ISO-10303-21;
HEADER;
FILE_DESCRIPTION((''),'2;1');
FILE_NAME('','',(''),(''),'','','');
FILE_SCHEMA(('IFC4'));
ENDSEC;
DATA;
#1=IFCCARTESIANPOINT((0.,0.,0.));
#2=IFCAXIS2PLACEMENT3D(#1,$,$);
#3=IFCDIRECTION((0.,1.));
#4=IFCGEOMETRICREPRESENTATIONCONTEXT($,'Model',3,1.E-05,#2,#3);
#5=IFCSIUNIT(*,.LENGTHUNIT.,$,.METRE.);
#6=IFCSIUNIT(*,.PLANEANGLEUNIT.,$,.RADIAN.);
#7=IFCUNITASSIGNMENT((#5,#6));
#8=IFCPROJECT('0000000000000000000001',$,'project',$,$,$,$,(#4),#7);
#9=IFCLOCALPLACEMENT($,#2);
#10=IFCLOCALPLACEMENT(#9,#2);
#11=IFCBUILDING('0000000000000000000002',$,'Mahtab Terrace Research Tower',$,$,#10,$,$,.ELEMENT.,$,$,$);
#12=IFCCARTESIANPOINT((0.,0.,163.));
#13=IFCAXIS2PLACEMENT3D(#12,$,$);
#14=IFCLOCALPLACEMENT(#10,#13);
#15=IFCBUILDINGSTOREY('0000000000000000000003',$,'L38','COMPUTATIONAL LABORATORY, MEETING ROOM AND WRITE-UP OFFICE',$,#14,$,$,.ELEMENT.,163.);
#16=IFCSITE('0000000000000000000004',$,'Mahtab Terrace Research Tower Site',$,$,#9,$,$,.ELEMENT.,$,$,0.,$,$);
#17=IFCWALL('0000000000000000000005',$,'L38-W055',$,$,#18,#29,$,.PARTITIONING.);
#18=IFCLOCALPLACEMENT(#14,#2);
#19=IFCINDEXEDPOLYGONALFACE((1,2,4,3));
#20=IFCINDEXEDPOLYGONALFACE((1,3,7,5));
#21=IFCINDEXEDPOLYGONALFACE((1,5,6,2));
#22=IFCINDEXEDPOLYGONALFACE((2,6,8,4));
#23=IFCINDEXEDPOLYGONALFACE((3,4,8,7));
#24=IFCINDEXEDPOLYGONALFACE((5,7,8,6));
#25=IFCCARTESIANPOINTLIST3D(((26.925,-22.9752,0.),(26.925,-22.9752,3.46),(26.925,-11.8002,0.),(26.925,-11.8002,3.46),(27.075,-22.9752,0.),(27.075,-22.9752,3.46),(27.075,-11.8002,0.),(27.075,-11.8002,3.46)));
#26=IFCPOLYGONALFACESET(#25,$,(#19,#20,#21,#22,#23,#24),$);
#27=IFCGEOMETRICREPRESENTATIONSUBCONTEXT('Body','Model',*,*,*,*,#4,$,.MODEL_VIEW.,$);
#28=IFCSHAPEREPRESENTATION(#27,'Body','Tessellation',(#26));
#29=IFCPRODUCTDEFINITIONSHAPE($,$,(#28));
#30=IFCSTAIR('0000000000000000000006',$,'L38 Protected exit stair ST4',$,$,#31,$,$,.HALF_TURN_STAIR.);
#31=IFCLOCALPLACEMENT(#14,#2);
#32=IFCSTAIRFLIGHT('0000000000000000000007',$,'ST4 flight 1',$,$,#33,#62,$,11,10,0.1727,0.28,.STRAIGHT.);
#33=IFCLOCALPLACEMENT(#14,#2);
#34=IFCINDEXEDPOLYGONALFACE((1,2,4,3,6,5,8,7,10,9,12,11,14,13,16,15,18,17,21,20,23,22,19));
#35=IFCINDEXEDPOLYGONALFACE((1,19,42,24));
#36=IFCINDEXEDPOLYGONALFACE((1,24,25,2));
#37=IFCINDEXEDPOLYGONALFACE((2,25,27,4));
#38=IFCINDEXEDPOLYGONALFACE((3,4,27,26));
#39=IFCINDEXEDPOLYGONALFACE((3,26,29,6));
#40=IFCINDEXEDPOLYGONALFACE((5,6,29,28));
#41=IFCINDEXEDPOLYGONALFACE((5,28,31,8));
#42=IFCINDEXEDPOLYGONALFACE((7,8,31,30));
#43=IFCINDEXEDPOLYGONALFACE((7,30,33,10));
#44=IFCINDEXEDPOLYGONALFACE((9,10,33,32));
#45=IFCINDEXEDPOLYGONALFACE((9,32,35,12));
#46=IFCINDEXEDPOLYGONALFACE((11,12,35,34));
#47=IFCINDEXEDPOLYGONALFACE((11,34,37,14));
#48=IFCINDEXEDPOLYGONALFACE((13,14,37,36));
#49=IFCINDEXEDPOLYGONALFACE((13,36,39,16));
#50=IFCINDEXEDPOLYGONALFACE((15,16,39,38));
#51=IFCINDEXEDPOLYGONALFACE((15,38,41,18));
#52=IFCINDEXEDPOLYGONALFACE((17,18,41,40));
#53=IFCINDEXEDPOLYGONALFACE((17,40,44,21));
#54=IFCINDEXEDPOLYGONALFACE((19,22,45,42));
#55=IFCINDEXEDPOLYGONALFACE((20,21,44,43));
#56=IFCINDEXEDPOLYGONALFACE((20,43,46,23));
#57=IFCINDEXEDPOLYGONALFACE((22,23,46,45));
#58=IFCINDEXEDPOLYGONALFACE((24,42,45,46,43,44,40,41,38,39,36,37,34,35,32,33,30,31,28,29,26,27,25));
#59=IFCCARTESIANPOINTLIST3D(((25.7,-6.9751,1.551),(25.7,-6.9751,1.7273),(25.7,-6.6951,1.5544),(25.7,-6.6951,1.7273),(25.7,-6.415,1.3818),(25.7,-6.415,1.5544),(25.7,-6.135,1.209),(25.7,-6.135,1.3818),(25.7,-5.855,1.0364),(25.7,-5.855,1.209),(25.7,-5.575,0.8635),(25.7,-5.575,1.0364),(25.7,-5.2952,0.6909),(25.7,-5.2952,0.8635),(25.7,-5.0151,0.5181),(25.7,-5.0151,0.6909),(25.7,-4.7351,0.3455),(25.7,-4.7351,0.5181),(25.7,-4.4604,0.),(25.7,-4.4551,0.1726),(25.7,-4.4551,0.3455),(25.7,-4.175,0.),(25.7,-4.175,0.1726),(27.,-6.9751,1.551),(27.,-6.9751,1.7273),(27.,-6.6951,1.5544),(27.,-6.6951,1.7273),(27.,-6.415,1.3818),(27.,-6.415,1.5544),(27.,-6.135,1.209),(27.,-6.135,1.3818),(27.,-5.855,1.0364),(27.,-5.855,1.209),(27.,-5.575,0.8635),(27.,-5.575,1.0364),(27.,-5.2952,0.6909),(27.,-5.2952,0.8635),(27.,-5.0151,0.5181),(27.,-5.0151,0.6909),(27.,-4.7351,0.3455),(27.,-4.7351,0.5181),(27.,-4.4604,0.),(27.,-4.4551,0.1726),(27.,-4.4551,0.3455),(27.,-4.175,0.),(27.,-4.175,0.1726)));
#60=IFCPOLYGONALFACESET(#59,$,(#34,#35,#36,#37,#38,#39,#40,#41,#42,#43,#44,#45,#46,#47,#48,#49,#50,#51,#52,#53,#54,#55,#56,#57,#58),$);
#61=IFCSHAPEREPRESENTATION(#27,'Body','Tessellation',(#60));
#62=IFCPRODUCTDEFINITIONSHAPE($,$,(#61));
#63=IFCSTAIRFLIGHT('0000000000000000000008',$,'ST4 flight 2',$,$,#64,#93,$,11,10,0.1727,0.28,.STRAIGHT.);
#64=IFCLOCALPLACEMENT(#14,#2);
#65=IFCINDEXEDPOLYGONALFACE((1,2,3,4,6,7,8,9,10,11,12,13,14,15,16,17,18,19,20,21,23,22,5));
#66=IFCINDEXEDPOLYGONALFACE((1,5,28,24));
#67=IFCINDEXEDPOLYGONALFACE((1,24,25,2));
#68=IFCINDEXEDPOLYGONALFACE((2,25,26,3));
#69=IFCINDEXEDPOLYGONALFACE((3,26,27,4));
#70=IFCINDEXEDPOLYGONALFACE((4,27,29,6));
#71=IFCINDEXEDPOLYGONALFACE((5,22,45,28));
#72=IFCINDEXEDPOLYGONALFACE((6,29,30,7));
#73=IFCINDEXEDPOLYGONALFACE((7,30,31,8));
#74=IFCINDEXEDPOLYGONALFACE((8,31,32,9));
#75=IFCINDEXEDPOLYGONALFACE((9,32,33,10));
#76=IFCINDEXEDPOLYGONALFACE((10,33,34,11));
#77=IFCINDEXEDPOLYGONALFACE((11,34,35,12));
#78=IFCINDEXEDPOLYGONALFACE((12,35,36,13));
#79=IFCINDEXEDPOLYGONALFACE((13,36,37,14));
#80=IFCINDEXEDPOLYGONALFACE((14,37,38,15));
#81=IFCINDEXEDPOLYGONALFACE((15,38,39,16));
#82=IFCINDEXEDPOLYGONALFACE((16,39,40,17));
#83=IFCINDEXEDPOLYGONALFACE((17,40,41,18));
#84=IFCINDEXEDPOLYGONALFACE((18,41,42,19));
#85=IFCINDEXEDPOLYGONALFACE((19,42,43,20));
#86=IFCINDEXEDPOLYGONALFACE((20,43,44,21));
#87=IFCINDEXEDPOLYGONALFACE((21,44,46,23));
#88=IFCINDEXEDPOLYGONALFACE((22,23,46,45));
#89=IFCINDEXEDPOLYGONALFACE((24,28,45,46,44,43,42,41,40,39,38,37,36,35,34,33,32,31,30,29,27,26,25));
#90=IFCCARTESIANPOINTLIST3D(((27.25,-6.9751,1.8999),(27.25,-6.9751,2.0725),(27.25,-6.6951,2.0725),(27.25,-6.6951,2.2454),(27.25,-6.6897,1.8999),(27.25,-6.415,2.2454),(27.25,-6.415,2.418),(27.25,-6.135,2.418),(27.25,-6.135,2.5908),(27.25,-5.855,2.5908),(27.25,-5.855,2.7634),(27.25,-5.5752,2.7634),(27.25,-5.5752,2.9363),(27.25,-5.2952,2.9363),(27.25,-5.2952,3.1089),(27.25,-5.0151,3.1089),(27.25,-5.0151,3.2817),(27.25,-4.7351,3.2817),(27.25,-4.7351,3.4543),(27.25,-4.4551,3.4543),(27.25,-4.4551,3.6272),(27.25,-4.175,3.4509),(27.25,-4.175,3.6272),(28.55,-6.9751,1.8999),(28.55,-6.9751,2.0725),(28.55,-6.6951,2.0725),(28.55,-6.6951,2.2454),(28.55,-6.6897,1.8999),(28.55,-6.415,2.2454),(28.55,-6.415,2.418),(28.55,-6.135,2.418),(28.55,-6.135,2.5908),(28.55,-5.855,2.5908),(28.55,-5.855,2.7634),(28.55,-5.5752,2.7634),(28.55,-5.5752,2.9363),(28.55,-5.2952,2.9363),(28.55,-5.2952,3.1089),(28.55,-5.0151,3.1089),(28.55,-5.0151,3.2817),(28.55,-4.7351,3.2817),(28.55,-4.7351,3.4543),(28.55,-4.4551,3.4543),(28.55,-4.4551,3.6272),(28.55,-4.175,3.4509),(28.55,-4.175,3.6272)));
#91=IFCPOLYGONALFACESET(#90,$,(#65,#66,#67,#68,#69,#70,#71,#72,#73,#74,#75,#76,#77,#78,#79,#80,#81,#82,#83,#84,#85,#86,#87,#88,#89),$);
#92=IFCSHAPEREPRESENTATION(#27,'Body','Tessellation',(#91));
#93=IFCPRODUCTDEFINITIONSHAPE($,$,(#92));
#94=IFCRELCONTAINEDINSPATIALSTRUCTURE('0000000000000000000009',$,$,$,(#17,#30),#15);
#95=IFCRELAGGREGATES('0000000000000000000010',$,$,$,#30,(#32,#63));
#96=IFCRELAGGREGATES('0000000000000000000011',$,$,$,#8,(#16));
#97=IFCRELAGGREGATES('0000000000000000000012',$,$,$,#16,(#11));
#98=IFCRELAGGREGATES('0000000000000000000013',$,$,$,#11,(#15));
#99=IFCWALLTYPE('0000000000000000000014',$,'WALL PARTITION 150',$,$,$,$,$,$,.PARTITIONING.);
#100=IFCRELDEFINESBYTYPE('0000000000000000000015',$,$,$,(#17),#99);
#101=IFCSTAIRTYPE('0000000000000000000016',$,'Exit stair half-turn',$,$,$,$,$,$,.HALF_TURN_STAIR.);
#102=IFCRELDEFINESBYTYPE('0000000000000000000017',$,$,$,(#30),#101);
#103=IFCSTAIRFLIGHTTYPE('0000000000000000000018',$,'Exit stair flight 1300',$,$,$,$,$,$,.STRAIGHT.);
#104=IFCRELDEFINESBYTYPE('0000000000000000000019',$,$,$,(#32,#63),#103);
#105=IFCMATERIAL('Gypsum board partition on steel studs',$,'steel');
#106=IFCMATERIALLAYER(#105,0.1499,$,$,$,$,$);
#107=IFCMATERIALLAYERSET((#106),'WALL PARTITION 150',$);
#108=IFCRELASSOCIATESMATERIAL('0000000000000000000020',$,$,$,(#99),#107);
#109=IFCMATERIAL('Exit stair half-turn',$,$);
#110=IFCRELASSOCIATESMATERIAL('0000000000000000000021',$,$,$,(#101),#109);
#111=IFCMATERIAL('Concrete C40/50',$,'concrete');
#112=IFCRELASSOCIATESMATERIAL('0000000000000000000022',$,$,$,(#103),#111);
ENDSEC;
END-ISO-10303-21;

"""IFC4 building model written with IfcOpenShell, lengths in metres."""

from ifc_helpers import new_model, si_unit, direction, frame, frame_2d, origin, place, context, subcontext, project, spatial, polyline, rectangle, outline, extrude, material, layer, layer_set, type_object, element, aggregate, save


model = new_model("IFC4")

# Units and contexts
model_context = context("Model", 3, precision=1e-05, world=origin(), true_north=direction((0.0, 1.0)))
body_context = subcontext(model_context, "Body", "Model", "MODEL_VIEW")
ifc_project = project(units=[si_unit("LENGTHUNIT", "METRE"), si_unit("PLANEANGLEUNIT", "RADIAN")], contexts=[model_context])

# Site, building, storey
site_placement = place(None, origin())
site = spatial("IfcSite", under=ifc_project, at=site_placement, Name="Mahtab Terrace Research Tower Site", CompositionType="ELEMENT", RefElevation=0.0)
building_placement = place(site_placement, origin())
building = spatial("IfcBuilding", under=site, at=building_placement, Name="Mahtab Terrace Research Tower", CompositionType="ELEMENT")
storey_placement = place(building_placement, frame((0.0, 0.0, 163.0)))
storey = spatial("IfcBuildingStorey", under=building, at=storey_placement, Name="L38", Description="COMPUTATIONAL LABORATORY, MEETING ROOM AND WRITE-UP OFFICE", CompositionType="ELEMENT", Elevation=163.0)

# Wall
ifc_material_1 = material(Name="Gypsum board partition on steel studs", Category="steel")
ifc_layer_1 = layer(ifc_material_1, 0.1499)
ifc_layer_set_1 = layer_set([ifc_layer_1], Name="WALL PARTITION 150")
wall_type_1 = type_object("IfcWallType", Name="WALL PARTITION 150", PredefinedType="PARTITIONING", material=ifc_layer_set_1)
wall_1_placement = place(storey_placement, frame((27.0, -22.9751, 0.0), z_axis=(0.0, 0.0, 1.0), x_axis=(0.0, 1.0, 0.0)))
element("IfcWall", 1, at=wall_1_placement, inside=storey, type_object=wall_type_1, Name="L38-W055", PredefinedType="PARTITIONING", context=body_context, shape_type="SweptSolid", body=[
    extrude(rectangle(XDim=11.175, YDim=0.1499, at=frame_2d((5.5874, 0.0))), origin(), (0.0, 0.0, 1.0), 3.46),
])

# Stair, stair flights
ifc_material_2 = material(Name="Exit stair half-turn")
stair_type = type_object("IfcStairType", Name="Exit stair half-turn", PredefinedType="HALF_TURN_STAIR", material=ifc_material_2)
stair_placement = place(storey_placement, origin())
stair = element("IfcStair", 2, at=stair_placement, inside=storey, type_object=stair_type, Name="L38 Protected exit stair ST4", PredefinedType="HALF_TURN_STAIR")
ifc_material_3 = material(Name="Concrete C40/50", Category="concrete")
stair_flight_type = type_object("IfcStairFlightType", Name="Exit stair flight 1300", PredefinedType="STRAIGHT", material=ifc_material_3)
stair_flight_1_placement = place(storey_placement, frame((26.3501, -4.175, 0.0), z_axis=(0.0, 0.0, 1.0), x_axis=(0.0, -1.0, 0.0)))
stair_flight_1 = element("IfcStairFlight", 3, at=stair_flight_1_placement, type_object=stair_flight_type, Name="ST4 flight 1", NumberOfRisers=11, NumberOfTreads=10, PredefinedType="STRAIGHT", RiserHeight=0.1727, TreadLength=0.28, context=body_context, shape_type="SweptSolid", body=[
    extrude(outline(polyline([(0.0, 0.0), (0.0, 0.1726), (0.28, 0.1726), (0.28, 0.3455), (0.5601, 0.3455), (0.5601, 0.5181), (0.8401, 0.5181), (0.8401, 0.6909), (1.1201, 0.6909), (1.1201, 0.8635), (1.3999, 0.8635), (1.3999, 1.0364), (1.6799, 1.0364), (1.6799, 1.209), (1.96, 1.209), (1.96, 1.3818), (2.24, 1.3818), (2.24, 1.5544), (2.52, 1.5544), (2.52, 1.7273), (2.8, 1.7273), (2.8, 1.8999), (2.8, 1.551), (0.2854, 0.0), (0.0, 0.0)])), frame((0.0, 0.6499, 0.0), z_axis=(0.0, -1.0, 0.0), x_axis=(1.0, 0.0, 0.0)), (0.0, 0.0, 1.0), 1.3),
])
stair_flight_2_placement = place(storey_placement, frame((27.8999, -6.9751, 1.8999), z_axis=(0.0, 0.0, 1.0), x_axis=(0.0, 1.0, 0.0)))
stair_flight_2 = element("IfcStairFlight", 4, at=stair_flight_2_placement, type_object=stair_flight_type, Name="ST4 flight 2", NumberOfRisers=11, NumberOfTreads=10, PredefinedType="STRAIGHT", RiserHeight=0.1727, TreadLength=0.28, context=body_context, shape_type="SweptSolid", body=[
    extrude(outline(polyline([(0.0, 0.0), (0.0, 0.1726), (0.28, 0.1726), (0.28, 0.3455), (0.5601, 0.3455), (0.5601, 0.5181), (0.8401, 0.5181), (0.8401, 0.6909), (1.1201, 0.6909), (1.1201, 0.8635), (1.3999, 0.8635), (1.3999, 1.0364), (1.6799, 1.0364), (1.6799, 1.209), (1.96, 1.209), (1.96, 1.3818), (2.24, 1.3818), (2.24, 1.5544), (2.52, 1.5544), (2.52, 1.7273), (2.8, 1.7273), (2.8, 1.8999), (2.8, 1.551), (0.2854, 0.0), (0.0, 0.0)])), frame((0.0, 0.6499, 0.0), z_axis=(0.0, -1.0, 0.0), x_axis=(1.0, 0.0, 0.0)), (0.0, 0.0, 1.0), 1.3),
])
aggregate(stair, [stair_flight_1, stair_flight_2])

save(model, "model.ifc")
